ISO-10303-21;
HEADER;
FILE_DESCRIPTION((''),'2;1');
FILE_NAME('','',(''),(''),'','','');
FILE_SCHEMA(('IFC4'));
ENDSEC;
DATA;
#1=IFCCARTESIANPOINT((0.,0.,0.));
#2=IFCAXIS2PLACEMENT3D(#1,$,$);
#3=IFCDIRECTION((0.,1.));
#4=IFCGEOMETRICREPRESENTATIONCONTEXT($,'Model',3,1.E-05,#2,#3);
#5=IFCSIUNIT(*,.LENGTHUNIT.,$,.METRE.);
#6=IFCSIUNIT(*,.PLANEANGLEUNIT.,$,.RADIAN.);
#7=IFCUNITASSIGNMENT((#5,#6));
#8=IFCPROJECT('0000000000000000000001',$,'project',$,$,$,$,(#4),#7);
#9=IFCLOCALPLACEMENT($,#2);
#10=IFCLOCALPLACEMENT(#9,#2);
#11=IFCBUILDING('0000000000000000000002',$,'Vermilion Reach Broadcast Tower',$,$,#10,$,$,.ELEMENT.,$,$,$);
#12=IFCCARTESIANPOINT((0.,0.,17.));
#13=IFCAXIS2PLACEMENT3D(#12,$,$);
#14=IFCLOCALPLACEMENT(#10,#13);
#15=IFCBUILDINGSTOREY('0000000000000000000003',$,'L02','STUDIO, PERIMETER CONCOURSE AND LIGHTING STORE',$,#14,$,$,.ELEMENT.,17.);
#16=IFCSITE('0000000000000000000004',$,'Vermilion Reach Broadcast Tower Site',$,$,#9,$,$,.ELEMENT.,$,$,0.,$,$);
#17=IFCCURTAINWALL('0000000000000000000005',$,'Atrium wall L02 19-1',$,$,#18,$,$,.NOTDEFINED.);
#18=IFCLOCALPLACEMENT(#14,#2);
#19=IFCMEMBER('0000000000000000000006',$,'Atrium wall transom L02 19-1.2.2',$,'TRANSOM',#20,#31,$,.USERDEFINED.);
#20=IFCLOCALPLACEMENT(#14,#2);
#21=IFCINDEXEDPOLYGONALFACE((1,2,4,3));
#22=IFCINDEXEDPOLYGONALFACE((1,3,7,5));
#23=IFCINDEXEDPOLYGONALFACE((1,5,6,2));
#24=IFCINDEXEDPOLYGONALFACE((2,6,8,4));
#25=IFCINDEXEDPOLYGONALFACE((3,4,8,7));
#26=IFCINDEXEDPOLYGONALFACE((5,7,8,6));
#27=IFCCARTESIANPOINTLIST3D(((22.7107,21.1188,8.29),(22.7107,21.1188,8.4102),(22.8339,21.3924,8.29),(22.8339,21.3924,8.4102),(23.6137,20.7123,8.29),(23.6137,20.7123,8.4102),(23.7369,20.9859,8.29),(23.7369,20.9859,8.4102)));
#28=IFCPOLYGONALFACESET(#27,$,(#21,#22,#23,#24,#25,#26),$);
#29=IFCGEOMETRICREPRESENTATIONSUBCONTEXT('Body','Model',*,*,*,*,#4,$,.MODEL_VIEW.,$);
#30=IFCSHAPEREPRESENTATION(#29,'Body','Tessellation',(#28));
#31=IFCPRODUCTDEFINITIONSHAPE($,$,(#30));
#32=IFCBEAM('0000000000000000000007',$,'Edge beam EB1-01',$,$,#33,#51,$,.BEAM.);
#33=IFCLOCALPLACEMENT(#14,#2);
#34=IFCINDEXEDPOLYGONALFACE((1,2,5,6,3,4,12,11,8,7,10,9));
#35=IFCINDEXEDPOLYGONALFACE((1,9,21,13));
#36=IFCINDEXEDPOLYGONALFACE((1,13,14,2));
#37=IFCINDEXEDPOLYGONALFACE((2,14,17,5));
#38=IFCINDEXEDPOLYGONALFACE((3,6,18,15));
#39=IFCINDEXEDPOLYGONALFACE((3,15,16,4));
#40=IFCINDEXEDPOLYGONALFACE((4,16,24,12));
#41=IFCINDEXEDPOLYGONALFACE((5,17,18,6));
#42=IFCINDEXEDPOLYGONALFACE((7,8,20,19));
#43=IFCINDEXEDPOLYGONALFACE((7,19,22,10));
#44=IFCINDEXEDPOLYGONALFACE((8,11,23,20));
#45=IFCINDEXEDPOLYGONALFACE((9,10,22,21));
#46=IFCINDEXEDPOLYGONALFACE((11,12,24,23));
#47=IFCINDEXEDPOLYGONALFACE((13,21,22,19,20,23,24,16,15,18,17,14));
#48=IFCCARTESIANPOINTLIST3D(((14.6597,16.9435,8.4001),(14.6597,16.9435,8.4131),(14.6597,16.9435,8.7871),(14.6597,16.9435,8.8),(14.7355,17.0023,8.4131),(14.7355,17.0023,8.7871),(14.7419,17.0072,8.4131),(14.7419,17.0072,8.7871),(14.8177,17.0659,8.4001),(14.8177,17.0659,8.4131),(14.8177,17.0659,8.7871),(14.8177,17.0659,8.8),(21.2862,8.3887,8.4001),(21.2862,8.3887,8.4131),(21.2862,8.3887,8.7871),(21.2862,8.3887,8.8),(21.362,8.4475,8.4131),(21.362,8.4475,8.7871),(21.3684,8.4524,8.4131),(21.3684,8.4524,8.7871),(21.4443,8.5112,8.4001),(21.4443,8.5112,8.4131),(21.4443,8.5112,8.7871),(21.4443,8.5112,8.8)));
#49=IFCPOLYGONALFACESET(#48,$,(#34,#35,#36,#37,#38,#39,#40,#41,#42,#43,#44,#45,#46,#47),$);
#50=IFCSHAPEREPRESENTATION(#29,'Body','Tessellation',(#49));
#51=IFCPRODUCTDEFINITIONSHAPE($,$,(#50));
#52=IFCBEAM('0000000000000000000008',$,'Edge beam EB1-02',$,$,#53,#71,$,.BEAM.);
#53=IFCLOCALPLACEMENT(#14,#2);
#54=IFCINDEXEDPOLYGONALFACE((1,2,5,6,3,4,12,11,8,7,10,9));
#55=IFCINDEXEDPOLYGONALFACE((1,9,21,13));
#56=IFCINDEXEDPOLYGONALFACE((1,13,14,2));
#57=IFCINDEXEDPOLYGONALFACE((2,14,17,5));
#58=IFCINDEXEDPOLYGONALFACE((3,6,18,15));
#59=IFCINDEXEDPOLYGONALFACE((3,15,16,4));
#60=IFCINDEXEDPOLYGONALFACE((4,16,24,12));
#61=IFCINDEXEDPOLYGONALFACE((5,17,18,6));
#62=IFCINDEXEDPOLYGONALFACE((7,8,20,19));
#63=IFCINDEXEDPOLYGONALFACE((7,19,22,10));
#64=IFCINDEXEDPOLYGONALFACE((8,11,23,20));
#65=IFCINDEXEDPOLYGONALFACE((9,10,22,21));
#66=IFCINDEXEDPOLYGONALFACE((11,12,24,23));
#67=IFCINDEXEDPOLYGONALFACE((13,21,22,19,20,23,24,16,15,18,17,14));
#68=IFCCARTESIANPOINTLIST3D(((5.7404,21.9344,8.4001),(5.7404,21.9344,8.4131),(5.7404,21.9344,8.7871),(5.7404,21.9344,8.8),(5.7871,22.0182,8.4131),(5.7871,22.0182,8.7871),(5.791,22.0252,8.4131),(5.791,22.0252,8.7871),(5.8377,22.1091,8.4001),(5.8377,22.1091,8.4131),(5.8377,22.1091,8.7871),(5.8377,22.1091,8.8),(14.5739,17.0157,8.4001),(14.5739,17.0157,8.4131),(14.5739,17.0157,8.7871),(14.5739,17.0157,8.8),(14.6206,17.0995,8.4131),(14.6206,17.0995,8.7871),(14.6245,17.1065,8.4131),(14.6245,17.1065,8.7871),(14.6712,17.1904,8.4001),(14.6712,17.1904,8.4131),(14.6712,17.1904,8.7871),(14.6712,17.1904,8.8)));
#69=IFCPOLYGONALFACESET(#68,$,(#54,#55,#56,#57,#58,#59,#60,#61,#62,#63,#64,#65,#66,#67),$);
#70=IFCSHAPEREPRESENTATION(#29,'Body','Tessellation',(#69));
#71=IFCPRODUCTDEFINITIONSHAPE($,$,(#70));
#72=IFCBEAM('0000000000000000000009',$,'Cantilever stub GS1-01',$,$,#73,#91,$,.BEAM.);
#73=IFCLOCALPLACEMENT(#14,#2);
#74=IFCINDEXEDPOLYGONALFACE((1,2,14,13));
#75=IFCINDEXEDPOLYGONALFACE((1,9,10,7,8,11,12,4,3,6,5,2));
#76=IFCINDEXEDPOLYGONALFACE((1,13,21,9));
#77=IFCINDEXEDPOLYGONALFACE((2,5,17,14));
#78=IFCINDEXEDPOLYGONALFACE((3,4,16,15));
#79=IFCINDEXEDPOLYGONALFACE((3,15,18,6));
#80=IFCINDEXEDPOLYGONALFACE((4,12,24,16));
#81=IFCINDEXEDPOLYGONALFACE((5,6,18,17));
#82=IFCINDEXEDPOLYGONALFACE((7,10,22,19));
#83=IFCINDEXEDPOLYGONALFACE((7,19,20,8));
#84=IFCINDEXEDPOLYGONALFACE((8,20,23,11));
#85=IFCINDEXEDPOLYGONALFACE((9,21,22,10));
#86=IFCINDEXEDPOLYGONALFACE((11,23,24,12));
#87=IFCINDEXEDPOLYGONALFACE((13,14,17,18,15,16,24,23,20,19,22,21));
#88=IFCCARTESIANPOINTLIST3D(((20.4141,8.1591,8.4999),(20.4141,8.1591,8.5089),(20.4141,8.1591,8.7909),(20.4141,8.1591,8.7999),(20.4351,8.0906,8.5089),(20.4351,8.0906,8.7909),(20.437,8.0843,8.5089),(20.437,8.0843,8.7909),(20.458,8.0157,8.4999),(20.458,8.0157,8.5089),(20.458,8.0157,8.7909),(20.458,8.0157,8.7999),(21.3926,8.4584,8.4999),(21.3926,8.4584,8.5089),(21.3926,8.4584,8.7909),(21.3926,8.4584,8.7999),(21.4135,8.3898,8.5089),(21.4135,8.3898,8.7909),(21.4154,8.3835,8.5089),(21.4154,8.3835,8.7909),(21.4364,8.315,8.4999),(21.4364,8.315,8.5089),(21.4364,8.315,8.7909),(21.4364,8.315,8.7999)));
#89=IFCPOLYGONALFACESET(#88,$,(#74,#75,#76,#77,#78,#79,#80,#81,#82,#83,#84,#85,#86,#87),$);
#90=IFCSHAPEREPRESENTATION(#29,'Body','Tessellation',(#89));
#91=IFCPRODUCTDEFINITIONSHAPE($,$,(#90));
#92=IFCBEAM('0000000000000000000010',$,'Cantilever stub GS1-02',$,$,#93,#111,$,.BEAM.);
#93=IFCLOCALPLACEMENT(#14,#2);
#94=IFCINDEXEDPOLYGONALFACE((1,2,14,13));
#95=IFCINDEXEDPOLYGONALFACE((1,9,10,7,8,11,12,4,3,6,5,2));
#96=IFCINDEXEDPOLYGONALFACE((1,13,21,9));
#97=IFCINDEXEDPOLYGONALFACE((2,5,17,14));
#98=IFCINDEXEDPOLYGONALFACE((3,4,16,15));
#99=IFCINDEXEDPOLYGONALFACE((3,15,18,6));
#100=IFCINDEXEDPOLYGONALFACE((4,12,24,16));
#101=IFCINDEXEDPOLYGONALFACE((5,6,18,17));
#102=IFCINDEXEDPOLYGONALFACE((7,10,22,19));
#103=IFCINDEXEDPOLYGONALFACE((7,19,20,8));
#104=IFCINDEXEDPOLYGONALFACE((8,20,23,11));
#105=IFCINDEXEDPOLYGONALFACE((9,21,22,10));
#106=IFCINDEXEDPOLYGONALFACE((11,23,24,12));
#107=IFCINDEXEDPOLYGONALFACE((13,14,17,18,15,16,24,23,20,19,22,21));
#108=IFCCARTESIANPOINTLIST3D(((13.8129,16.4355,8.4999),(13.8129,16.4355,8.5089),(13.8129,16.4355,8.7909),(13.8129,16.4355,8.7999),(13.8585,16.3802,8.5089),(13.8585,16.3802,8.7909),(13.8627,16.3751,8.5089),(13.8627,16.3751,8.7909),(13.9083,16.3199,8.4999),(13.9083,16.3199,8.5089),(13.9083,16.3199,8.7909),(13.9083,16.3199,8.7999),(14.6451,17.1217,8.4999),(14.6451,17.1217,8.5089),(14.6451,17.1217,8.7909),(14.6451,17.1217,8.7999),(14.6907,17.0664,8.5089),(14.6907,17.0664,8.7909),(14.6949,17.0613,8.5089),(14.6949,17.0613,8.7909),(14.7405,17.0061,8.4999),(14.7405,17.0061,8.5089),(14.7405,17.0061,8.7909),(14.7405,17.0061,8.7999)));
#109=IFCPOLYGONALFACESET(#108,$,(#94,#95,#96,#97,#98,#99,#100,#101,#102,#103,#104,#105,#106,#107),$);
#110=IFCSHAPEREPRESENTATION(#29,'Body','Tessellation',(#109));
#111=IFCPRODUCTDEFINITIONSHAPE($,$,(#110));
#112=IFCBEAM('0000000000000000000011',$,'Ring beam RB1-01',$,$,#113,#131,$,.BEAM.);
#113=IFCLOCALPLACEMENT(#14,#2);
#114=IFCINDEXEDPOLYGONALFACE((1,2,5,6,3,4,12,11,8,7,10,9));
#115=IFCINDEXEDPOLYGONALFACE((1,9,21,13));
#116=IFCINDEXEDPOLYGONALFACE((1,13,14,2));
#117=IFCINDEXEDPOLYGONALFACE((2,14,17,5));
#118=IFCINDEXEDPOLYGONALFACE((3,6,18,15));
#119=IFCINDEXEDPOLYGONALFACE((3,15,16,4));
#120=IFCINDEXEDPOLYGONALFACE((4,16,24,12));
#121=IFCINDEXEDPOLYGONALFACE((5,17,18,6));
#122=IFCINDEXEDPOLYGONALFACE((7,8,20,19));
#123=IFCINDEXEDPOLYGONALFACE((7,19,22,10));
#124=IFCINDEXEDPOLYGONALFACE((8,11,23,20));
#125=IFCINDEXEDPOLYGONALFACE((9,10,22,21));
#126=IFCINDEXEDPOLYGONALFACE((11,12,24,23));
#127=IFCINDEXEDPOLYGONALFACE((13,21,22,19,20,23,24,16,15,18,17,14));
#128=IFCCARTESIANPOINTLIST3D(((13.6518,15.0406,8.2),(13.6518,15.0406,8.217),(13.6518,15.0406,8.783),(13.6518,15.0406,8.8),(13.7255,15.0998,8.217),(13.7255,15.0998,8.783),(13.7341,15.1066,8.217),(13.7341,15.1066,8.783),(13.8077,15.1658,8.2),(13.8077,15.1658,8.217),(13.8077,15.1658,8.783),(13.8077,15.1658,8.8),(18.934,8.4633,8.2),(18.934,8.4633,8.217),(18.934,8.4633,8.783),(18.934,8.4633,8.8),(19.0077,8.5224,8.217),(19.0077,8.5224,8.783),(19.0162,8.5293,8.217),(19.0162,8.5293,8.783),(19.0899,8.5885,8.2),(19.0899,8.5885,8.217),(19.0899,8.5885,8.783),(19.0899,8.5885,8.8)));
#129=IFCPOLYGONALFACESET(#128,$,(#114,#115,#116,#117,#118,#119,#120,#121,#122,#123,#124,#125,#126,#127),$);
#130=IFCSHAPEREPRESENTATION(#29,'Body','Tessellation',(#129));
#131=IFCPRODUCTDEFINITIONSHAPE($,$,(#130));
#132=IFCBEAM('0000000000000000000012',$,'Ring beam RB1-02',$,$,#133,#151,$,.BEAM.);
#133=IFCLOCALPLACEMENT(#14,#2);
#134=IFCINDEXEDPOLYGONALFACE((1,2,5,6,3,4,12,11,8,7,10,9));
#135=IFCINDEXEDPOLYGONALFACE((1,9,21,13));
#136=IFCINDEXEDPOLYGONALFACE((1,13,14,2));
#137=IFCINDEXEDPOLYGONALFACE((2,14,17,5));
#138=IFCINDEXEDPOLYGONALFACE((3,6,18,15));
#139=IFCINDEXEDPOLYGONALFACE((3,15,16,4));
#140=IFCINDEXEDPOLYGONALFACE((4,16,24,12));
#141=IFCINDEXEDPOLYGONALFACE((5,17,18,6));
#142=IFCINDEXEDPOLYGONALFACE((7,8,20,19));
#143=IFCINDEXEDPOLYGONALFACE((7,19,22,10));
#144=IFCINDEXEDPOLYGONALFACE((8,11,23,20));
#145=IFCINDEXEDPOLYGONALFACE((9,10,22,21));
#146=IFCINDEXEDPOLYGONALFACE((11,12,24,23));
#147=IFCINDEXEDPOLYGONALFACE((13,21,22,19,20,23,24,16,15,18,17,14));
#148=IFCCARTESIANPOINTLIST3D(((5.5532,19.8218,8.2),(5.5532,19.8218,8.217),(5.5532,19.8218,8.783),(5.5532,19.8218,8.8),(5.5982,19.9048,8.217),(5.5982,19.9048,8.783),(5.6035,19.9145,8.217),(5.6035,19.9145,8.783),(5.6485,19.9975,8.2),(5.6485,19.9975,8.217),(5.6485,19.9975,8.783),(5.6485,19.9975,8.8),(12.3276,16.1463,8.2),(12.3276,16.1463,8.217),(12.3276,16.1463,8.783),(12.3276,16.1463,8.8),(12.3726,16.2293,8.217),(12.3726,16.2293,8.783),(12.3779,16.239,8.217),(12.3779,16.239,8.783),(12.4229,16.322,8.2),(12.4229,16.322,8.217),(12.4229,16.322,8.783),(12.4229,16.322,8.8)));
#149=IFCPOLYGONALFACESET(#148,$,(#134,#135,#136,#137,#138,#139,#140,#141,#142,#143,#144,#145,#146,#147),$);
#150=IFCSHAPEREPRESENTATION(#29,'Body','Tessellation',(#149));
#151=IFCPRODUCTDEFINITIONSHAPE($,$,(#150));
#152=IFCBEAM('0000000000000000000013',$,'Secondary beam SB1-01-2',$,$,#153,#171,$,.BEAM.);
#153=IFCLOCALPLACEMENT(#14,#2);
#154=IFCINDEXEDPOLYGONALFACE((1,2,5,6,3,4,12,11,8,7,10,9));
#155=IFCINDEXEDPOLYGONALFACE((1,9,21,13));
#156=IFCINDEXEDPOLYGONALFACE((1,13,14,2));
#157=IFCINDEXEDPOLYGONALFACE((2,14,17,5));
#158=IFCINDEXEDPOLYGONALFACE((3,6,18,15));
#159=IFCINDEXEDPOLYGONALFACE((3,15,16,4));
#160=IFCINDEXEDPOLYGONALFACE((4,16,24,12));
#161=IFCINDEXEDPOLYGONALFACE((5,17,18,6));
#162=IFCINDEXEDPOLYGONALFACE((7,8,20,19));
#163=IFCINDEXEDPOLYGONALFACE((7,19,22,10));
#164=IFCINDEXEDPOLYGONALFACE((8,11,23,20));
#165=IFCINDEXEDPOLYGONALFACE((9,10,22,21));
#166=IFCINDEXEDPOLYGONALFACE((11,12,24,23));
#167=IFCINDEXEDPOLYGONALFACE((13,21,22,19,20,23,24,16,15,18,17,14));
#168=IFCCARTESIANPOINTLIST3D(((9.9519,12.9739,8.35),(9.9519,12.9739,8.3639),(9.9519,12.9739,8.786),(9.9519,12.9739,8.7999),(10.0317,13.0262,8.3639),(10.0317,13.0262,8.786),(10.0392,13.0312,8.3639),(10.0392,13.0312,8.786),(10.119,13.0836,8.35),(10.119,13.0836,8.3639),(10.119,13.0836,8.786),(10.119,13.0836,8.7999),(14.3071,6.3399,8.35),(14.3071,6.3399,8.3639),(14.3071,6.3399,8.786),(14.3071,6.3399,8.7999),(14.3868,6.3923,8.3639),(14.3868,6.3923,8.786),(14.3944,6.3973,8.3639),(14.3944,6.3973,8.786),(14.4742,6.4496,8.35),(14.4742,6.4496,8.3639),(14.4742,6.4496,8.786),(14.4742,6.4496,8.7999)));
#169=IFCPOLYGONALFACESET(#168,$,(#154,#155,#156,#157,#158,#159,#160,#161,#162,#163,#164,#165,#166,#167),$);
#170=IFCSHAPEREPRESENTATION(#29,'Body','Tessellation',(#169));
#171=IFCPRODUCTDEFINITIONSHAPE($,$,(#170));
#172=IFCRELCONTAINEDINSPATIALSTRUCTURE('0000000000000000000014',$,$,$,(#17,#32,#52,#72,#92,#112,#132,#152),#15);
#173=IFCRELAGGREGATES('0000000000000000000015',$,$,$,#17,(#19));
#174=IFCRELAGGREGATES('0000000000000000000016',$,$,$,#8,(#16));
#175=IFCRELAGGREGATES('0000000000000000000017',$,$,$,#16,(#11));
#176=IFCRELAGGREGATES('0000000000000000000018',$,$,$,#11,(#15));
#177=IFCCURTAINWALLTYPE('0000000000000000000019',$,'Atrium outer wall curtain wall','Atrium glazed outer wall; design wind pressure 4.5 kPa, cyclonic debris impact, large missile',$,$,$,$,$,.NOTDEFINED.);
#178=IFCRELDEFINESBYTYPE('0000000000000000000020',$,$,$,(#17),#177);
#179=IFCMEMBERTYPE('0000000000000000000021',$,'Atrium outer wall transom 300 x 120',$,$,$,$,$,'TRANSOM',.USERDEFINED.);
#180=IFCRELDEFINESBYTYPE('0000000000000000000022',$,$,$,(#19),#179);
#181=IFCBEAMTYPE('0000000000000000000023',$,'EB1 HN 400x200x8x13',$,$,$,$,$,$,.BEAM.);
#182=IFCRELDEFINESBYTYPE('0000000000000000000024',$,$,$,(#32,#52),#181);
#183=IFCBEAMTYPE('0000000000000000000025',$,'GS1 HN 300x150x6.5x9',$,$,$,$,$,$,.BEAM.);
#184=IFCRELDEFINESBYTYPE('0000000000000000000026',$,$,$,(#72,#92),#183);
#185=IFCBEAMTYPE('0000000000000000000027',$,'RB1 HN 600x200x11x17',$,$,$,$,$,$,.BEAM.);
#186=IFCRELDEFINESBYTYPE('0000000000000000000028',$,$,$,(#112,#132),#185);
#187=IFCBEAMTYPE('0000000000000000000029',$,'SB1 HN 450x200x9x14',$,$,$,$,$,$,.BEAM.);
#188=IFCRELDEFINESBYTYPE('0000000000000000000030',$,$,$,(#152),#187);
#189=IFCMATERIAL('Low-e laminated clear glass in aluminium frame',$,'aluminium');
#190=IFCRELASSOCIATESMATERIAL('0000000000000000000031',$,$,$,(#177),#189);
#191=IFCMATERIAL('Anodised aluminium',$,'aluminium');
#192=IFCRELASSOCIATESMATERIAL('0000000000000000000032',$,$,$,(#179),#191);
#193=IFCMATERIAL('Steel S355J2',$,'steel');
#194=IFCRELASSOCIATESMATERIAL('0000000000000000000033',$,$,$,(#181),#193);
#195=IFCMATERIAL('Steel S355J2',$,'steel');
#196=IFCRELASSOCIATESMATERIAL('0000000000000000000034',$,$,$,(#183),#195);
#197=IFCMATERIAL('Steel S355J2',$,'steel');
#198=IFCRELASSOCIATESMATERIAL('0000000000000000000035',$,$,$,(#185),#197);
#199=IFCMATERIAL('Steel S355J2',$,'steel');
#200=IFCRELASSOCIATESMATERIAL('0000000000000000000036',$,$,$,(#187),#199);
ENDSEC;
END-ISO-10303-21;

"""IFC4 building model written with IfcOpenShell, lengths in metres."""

from ifc_helpers import new_model, si_unit, direction, frame, origin, origin_2d, place, context, subcontext, project, spatial, rectangle, i_section, extrude, material, material_profile, profile_set, type_object, element, aggregate, save


model = new_model("IFC4")

# Units and contexts
model_context = context("Model", 3, precision=1e-05, world=origin(), true_north=direction((0.0, 1.0)))
body_context = subcontext(model_context, "Body", "Model", "MODEL_VIEW")
ifc_project = project(units=[si_unit("LENGTHUNIT", "METRE"), si_unit("PLANEANGLEUNIT", "RADIAN")], contexts=[model_context])

# Site, building, storey
site_placement = place(None, origin())
site = spatial("IfcSite", under=ifc_project, at=site_placement, Name="Vermilion Reach Broadcast Tower Site", CompositionType="ELEMENT", RefElevation=0.0)
building_placement = place(site_placement, origin())
building = spatial("IfcBuilding", under=site, at=building_placement, Name="Vermilion Reach Broadcast Tower", CompositionType="ELEMENT")
storey_placement = place(building_placement, frame((0.0, 0.0, 17.0)))
storey = spatial("IfcBuildingStorey", under=building, at=storey_placement, Name="L02", Description="STUDIO, PERIMETER CONCOURSE AND LIGHTING STORE", CompositionType="ELEMENT", Elevation=17.0)

# Curtain wall
ifc_material_1 = material(Name="Low-e laminated clear glass in aluminium frame", Category="aluminium")
curtain_wall_type = type_object("IfcCurtainWallType", Name="Atrium outer wall curtain wall", Description="Atrium glazed outer wall; design wind pressure 4.5 kPa, cyclonic debris impact, large missile", PredefinedType="NOTDEFINED", material=ifc_material_1)
placement = place(storey_placement, origin())
curtain_wall_1 = element("IfcCurtainWall", 1, at=placement, inside=storey, type_object=curtain_wall_type, Name="Atrium wall L02 19-1", PredefinedType="NOTDEFINED")

# Member
ifc_material_2 = material(Name="Anodised aluminium", Category="aluminium")
ifc_material_profile_1 = material_profile(ifc_material_2, rectangle(XDim=0.3, YDim=0.1201, at=origin_2d()), Name="Atrium outer wall transom 300 x 120")
ifc_profile_set_1 = profile_set([ifc_material_profile_1], Name="Anodised aluminium")
member_type_1 = type_object("IfcMemberType", Name="Atrium outer wall transom 300 x 120", ElementType="TRANSOM", PredefinedType="USERDEFINED", material=ifc_profile_set_1)
member_1_placement = place(storey_placement, frame((23.6753, 20.8491, 8.3501), z_axis=(-0.91188, 0.410457, 0.0), x_axis=(-0.410457, -0.91188, 0.0)))
member_1 = element("IfcMember", 2, at=member_1_placement, type_object=member_type_1, Name="Atrium wall transom L02 19-1.2.2", ObjectType="TRANSOM", PredefinedType="USERDEFINED", context=body_context, shape_type="SweptSolid", body=[
    extrude(rectangle(XDim=0.3, YDim=0.1201, at=origin_2d()), origin(), (0.0, 0.0, 1.0), 0.9902),
])

# Beams
ifc_material_3 = material(Name="Steel S355J2", Category="steel")
ifc_material_profile_2 = material_profile(ifc_material_3, i_section(OverallWidth=0.2, OverallDepth=0.3999, WebThickness=0.0081, FlangeThickness=0.0129, at=origin_2d()), Name="S355J2 HN 400x200x8x13")
ifc_profile_set_2 = profile_set([ifc_material_profile_2], Name="Steel S355J2")
beam_type_1 = type_object("IfcBeamType", Name="EB1 HN 400x200x8x13", PredefinedType="BEAM", material=ifc_profile_set_2)
beam_1_placement = place(storey_placement, frame((21.3652, 8.45, 8.6001), z_axis=(-0.612374, 0.790568, 0.0), x_axis=(-0.790568, -0.612374, 0.0)))
element("IfcBeam", 3, at=beam_1_placement, inside=storey, type_object=beam_type_1, Name="Edge beam EB1-01", PredefinedType="BEAM", context=body_context, shape_type="SweptSolid", body=[
    extrude(i_section(OverallWidth=0.2, OverallDepth=0.3999, WebThickness=0.0081, FlangeThickness=0.0129, at=origin_2d()), origin(), (0.0, 0.0, 1.0), 10.821),
])
beam_2_placement = place(storey_placement, frame((14.6226, 17.103, 8.6001), z_axis=(-0.873686, 0.486489, 0.0), x_axis=(-0.486489, -0.873686, 0.0)))
element("IfcBeam", 4, at=beam_2_placement, inside=storey, type_object=beam_type_1, Name="Edge beam EB1-02", PredefinedType="BEAM", context=body_context, shape_type="SweptSolid", body=[
    extrude(i_section(OverallWidth=0.2, OverallDepth=0.3999, WebThickness=0.0081, FlangeThickness=0.0129, at=origin_2d()), origin(), (0.0, 0.0, 1.0), 10.1106),
])
ifc_material_4 = material(Name="Steel S355J2", Category="steel")
ifc_material_profile_3 = material_profile(ifc_material_4, i_section(OverallWidth=0.1499, OverallDepth=0.3, WebThickness=0.0066, FlangeThickness=0.009, at=origin_2d()), Name="S355J2 HN 300x150x6.5x9")
ifc_profile_set_3 = profile_set([ifc_material_profile_3], Name="Steel S355J2")
beam_type_2 = type_object("IfcBeamType", Name="GS1 HN 300x150x6.5x9", PredefinedType="BEAM", material=ifc_profile_set_3)
beam_3_placement = place(storey_placement, frame((20.436, 8.0874, 8.6499), z_axis=(0.956263, 0.292509, 0.0), x_axis=(-0.292509, 0.956263, 0.0)))
element("IfcBeam", 5, at=beam_3_placement, inside=storey, type_object=beam_type_2, Name="Cantilever stub GS1-01", PredefinedType="BEAM", context=body_context, shape_type="SweptSolid", body=[
    extrude(i_section(OverallWidth=0.1499, OverallDepth=0.3, WebThickness=0.0066, FlangeThickness=0.009, at=origin_2d()), origin(), (0.0, 0.0, 1.0), 1.0232),
])
beam_4_placement = place(storey_placement, frame((13.8606, 16.3777, 8.6499), z_axis=(0.771532, 0.636191, 0.0), x_axis=(-0.636191, 0.771532, 0.0)))
element("IfcBeam", 6, at=beam_4_placement, inside=storey, type_object=beam_type_2, Name="Cantilever stub GS1-02", PredefinedType="BEAM", context=body_context, shape_type="SweptSolid", body=[
    extrude(i_section(OverallWidth=0.1499, OverallDepth=0.3, WebThickness=0.0066, FlangeThickness=0.009, at=origin_2d()), origin(), (0.0, 0.0, 1.0), 1.0786),
])
ifc_material_5 = material(Name="Steel S355J2", Category="steel")
ifc_material_profile_4 = material_profile(ifc_material_5, i_section(OverallWidth=0.2, OverallDepth=0.6001, WebThickness=0.011, FlangeThickness=0.0171, at=origin_2d()), Name="S355J2 HN 600x200x11x17")
ifc_profile_set_4 = profile_set([ifc_material_profile_4], Name="Steel S355J2")
beam_type_3 = type_object("IfcBeamType", Name="RB1 HN 600x200x11x17", PredefinedType="BEAM", material=ifc_profile_set_4)
beam_5_placement = place(storey_placement, frame((19.012, 8.5259, 8.5), z_axis=(-0.626162, 0.779693, 0.0), x_axis=(-0.779693, -0.626162, 0.0)))
element("IfcBeam", 7, at=beam_5_placement, inside=storey, type_object=beam_type_3, Name="Ring beam RB1-01", PredefinedType="BEAM", context=body_context, shape_type="SweptSolid", body=[
    extrude(i_section(OverallWidth=0.2, OverallDepth=0.6001, WebThickness=0.011, FlangeThickness=0.0171, at=origin_2d()), origin(), (0.0, 0.0, 1.0), 8.4358),
])
beam_6_placement = place(storey_placement, frame((12.3752, 16.2341, 8.5), z_axis=(-0.878962, 0.476891, 0.0), x_axis=(-0.476891, -0.878962, 0.0)))
element("IfcBeam", 8, at=beam_6_placement, inside=storey, type_object=beam_type_3, Name="Ring beam RB1-02", PredefinedType="BEAM", context=body_context, shape_type="SweptSolid", body=[
    extrude(i_section(OverallWidth=0.2, OverallDepth=0.6001, WebThickness=0.011, FlangeThickness=0.0171, at=origin_2d()), origin(), (0.0, 0.0, 1.0), 7.7073),
])
ifc_material_6 = material(Name="Steel S355J2", Category="steel")
ifc_material_profile_5 = material_profile(ifc_material_6, i_section(OverallWidth=0.2, OverallDepth=0.45, WebThickness=0.009, FlangeThickness=0.0139, at=origin_2d()), Name="S355J2 HN 450x200x9x14")
ifc_profile_set_5 = profile_set([ifc_material_profile_5], Name="Steel S355J2")
beam_type_4 = type_object("IfcBeamType", Name="SB1 HN 450x200x9x14", PredefinedType="BEAM", material=ifc_profile_set_5)
beam_7_placement = place(storey_placement, frame((14.3906, 6.3948, 8.575), z_axis=(-0.548801, 0.835953, 0.0), x_axis=(-0.835953, -0.548801, 0.0)))
element("IfcBeam", 9, at=beam_7_placement, inside=storey, type_object=beam_type_4, Name="Secondary beam SB1-01-2", PredefinedType="BEAM", context=body_context, shape_type="SweptSolid", body=[
    extrude(i_section(OverallWidth=0.2, OverallDepth=0.45, WebThickness=0.009, FlangeThickness=0.0139, at=origin_2d()), origin(), (0.0, 0.0, 1.0), 7.9358),
])

aggregate(curtain_wall_1, [member_1])

save(model, "model.ifc")
